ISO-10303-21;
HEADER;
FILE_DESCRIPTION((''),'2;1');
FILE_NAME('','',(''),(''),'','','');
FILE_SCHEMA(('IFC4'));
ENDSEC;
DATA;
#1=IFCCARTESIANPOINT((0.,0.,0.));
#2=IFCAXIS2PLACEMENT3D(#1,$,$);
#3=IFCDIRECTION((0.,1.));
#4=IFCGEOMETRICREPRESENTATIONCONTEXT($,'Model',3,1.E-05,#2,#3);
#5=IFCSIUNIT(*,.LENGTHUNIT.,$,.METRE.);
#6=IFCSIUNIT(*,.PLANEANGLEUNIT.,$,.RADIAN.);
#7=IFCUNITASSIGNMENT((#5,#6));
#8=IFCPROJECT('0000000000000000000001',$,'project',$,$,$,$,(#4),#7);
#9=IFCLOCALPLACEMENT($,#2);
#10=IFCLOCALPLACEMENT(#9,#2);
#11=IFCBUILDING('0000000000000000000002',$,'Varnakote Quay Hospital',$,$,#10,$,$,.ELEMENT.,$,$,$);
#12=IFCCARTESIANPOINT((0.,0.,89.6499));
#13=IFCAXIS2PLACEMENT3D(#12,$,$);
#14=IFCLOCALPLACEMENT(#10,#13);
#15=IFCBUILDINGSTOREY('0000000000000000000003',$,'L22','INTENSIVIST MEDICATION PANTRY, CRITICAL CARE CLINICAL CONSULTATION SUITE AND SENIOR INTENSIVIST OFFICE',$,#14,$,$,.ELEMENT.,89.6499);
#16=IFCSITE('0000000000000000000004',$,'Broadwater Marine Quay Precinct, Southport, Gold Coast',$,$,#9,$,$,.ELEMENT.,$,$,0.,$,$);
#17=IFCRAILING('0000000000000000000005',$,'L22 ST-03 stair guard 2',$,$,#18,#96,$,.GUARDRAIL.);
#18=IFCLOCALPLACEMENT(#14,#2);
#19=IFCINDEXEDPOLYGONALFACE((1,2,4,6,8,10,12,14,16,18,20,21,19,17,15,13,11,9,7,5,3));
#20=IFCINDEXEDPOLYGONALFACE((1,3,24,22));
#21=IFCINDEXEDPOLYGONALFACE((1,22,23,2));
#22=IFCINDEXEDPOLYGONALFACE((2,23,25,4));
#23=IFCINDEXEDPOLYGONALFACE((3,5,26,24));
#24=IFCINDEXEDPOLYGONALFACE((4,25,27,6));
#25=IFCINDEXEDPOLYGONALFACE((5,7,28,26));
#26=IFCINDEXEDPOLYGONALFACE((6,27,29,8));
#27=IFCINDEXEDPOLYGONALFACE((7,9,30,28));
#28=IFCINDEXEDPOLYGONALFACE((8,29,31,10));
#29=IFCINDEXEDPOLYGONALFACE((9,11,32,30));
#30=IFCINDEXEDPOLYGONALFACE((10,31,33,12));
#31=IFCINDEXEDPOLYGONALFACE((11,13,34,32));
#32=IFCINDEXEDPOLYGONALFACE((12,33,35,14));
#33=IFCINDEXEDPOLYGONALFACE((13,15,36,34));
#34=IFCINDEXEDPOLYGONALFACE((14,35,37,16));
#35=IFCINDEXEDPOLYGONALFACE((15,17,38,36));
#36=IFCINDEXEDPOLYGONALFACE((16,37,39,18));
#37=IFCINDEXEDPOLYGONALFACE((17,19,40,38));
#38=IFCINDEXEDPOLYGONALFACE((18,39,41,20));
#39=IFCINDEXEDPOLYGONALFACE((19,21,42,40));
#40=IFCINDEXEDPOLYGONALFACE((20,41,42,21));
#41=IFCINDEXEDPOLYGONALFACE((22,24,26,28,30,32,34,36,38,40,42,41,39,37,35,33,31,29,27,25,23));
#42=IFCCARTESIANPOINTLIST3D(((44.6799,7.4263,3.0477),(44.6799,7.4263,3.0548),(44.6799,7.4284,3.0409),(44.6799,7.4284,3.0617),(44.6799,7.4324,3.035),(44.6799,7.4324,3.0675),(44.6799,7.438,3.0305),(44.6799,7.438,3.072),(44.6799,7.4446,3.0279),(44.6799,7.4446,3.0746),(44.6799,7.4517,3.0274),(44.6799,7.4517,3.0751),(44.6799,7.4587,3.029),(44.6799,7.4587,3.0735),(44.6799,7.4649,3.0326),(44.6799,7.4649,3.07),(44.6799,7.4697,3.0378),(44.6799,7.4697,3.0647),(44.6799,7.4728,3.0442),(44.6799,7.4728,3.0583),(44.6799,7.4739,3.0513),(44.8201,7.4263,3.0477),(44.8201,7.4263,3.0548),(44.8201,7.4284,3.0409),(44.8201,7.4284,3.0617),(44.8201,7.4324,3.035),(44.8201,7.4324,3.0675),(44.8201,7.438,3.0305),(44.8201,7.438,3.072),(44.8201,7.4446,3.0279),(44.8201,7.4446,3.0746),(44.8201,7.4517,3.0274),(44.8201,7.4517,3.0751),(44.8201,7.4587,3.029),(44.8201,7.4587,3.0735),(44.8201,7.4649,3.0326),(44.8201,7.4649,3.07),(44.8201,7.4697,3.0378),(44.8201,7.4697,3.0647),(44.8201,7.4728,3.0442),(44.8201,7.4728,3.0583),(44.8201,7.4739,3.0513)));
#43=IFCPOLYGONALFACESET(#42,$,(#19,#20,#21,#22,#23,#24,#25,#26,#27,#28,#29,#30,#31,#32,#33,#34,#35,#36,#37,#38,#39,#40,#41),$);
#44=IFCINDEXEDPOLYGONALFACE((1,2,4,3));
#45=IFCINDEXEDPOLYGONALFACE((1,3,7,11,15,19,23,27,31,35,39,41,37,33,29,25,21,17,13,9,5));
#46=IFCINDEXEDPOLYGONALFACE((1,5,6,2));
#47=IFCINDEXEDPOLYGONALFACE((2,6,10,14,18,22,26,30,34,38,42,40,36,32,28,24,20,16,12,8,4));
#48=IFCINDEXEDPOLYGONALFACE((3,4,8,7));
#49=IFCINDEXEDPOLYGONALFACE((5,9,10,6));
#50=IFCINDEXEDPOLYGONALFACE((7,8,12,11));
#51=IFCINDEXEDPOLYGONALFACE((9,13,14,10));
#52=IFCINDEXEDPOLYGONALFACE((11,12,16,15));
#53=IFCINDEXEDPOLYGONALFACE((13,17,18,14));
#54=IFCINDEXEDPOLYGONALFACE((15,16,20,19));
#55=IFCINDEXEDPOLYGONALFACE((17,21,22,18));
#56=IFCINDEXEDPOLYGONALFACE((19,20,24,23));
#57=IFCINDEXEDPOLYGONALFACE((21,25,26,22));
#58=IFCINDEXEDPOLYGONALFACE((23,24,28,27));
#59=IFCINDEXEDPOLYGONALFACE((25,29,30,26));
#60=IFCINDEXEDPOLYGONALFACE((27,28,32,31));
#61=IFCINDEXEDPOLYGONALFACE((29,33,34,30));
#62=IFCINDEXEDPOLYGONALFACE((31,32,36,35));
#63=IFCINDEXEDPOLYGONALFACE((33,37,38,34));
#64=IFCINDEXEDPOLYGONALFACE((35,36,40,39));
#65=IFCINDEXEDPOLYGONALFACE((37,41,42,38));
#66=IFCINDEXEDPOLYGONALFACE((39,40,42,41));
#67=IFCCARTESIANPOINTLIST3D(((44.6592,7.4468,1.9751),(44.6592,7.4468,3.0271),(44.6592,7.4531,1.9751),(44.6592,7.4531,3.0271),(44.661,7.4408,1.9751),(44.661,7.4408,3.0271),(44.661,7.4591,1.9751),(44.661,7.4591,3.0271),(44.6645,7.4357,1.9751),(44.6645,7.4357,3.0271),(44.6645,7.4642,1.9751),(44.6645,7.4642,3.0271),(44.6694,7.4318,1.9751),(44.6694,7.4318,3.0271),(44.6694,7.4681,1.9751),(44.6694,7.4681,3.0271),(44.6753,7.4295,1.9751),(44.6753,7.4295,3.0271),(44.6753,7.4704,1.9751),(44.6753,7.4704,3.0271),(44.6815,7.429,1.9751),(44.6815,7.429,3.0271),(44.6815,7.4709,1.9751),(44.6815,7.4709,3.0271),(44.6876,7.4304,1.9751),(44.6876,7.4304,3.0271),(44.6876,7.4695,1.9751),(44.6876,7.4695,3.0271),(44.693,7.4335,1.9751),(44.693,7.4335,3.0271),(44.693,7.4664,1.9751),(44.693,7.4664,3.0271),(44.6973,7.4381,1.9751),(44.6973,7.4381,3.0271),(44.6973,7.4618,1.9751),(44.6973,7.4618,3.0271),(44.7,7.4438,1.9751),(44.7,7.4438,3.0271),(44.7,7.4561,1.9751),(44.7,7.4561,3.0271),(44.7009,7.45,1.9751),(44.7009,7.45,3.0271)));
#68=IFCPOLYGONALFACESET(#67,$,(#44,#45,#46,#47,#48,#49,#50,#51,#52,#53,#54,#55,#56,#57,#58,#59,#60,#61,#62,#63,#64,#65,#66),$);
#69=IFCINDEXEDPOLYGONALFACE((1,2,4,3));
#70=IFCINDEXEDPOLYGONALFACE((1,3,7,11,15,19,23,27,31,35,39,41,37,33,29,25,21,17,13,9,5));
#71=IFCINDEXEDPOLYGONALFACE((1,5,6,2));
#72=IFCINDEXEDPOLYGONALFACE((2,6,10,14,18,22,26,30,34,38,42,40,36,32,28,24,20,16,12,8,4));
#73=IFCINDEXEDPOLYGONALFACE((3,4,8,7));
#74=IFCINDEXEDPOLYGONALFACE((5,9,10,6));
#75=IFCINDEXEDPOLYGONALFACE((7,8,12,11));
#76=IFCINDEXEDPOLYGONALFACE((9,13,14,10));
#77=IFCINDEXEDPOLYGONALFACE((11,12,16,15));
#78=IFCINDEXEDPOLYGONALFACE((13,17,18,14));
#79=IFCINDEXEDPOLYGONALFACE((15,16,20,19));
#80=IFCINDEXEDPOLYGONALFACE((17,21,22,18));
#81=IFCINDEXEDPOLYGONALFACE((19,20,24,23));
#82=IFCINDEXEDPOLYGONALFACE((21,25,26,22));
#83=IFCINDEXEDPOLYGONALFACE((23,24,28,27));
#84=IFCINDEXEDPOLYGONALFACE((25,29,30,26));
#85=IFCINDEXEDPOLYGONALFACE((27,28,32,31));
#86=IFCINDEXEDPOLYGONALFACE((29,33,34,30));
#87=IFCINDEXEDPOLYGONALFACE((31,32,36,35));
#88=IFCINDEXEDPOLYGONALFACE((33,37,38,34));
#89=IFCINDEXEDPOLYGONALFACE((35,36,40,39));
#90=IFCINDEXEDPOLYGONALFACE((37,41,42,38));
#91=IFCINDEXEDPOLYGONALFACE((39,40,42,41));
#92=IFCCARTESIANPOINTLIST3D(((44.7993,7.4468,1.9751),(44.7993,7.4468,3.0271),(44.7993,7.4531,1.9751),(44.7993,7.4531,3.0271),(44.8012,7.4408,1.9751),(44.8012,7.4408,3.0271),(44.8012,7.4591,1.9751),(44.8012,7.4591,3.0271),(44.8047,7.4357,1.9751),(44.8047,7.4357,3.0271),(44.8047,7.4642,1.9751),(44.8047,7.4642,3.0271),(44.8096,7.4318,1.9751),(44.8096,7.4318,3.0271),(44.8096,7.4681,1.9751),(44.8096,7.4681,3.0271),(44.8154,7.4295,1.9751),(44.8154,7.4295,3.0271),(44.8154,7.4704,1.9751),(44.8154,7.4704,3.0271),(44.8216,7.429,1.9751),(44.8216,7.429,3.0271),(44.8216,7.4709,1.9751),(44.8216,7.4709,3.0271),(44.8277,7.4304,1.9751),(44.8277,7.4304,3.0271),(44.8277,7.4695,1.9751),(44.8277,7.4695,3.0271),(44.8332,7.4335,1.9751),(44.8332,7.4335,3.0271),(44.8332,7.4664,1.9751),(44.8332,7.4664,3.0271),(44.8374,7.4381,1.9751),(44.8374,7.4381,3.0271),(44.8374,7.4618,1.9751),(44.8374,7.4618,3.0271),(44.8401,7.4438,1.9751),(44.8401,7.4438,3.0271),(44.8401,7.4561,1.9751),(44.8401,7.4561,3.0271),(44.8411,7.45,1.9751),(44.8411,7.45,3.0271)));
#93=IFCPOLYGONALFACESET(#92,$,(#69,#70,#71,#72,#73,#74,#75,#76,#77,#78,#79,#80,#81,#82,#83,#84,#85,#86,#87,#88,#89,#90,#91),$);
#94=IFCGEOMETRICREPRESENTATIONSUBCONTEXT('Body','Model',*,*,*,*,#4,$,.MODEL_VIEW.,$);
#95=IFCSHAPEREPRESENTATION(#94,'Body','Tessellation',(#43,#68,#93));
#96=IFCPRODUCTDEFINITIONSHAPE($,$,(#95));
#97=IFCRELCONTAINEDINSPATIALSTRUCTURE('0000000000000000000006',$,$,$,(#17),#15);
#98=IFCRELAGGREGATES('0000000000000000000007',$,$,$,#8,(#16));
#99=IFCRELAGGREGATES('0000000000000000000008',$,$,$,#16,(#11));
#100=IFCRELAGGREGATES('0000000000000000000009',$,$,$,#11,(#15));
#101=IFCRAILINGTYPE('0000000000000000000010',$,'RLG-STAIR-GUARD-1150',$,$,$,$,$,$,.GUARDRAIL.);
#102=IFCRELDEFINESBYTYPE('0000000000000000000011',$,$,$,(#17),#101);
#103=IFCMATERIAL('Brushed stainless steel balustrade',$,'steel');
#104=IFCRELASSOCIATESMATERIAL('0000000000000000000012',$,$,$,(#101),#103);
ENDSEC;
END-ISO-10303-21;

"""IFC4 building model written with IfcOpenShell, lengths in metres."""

from ifc_helpers import new_model, si_unit, direction, frame, origin, origin_2d, place, context, subcontext, project, spatial, circle, extrude, material, type_object, element, save


model = new_model("IFC4")

# Units and contexts
model_context = context("Model", 3, precision=1e-05, world=origin(), true_north=direction((0.0, 1.0)))
body_context = subcontext(model_context, "Body", "Model", "MODEL_VIEW")
ifc_project = project(units=[si_unit("LENGTHUNIT", "METRE"), si_unit("PLANEANGLEUNIT", "RADIAN")], contexts=[model_context])

# Site, building, storey
site_placement = place(None, origin())
site = spatial("IfcSite", under=ifc_project, at=site_placement, Name="Broadwater Marine Quay Precinct, Southport, Gold Coast", CompositionType="ELEMENT", RefElevation=0.0)
building_placement = place(site_placement, origin())
building = spatial("IfcBuilding", under=site, at=building_placement, Name="Varnakote Quay Hospital", CompositionType="ELEMENT")
storey_placement = place(building_placement, frame((0.0, 0.0, 89.6499)))
storey = spatial("IfcBuildingStorey", under=building, at=storey_placement, Name="L22", Description="INTENSIVIST MEDICATION PANTRY, CRITICAL CARE CLINICAL CONSULTATION SUITE AND SENIOR INTENSIVIST OFFICE", CompositionType="ELEMENT", Elevation=89.6499)

# Railing
ifc_material_1 = material(Name="Brushed stainless steel balustrade", Category="steel")
railing_type_1 = type_object("IfcRailingType", Name="RLG-STAIR-GUARD-1150", PredefinedType="GUARDRAIL", material=ifc_material_1)
railing_1_placement = place(storey_placement, frame((44.6799, 7.45, 1.9751)))
element("IfcRailing", 1, at=railing_1_placement, inside=storey, type_object=railing_type_1, Name="L22 ST-03 stair guard 2", PredefinedType="GUARDRAIL", context=body_context, shape_type="SweptSolid", body=[
    extrude(circle(Radius=0.0239, at=origin_2d()), frame((0.0, 0.0, 1.0762), z_axis=(1.0, 0.0, 0.0), x_axis=(0.0, 1.0, 0.0)), (0.0, 0.0, 1.0), 0.1401),
    extrude(circle(Radius=0.021, at=origin_2d()), origin(), (0.0, 0.0, 1.0), 1.052),
    extrude(circle(Radius=0.021, at=origin_2d()), frame((0.1401, 0.0, 0.0)), (0.0, 0.0, 1.0), 1.052),
])

save(model, "model.ifc")
